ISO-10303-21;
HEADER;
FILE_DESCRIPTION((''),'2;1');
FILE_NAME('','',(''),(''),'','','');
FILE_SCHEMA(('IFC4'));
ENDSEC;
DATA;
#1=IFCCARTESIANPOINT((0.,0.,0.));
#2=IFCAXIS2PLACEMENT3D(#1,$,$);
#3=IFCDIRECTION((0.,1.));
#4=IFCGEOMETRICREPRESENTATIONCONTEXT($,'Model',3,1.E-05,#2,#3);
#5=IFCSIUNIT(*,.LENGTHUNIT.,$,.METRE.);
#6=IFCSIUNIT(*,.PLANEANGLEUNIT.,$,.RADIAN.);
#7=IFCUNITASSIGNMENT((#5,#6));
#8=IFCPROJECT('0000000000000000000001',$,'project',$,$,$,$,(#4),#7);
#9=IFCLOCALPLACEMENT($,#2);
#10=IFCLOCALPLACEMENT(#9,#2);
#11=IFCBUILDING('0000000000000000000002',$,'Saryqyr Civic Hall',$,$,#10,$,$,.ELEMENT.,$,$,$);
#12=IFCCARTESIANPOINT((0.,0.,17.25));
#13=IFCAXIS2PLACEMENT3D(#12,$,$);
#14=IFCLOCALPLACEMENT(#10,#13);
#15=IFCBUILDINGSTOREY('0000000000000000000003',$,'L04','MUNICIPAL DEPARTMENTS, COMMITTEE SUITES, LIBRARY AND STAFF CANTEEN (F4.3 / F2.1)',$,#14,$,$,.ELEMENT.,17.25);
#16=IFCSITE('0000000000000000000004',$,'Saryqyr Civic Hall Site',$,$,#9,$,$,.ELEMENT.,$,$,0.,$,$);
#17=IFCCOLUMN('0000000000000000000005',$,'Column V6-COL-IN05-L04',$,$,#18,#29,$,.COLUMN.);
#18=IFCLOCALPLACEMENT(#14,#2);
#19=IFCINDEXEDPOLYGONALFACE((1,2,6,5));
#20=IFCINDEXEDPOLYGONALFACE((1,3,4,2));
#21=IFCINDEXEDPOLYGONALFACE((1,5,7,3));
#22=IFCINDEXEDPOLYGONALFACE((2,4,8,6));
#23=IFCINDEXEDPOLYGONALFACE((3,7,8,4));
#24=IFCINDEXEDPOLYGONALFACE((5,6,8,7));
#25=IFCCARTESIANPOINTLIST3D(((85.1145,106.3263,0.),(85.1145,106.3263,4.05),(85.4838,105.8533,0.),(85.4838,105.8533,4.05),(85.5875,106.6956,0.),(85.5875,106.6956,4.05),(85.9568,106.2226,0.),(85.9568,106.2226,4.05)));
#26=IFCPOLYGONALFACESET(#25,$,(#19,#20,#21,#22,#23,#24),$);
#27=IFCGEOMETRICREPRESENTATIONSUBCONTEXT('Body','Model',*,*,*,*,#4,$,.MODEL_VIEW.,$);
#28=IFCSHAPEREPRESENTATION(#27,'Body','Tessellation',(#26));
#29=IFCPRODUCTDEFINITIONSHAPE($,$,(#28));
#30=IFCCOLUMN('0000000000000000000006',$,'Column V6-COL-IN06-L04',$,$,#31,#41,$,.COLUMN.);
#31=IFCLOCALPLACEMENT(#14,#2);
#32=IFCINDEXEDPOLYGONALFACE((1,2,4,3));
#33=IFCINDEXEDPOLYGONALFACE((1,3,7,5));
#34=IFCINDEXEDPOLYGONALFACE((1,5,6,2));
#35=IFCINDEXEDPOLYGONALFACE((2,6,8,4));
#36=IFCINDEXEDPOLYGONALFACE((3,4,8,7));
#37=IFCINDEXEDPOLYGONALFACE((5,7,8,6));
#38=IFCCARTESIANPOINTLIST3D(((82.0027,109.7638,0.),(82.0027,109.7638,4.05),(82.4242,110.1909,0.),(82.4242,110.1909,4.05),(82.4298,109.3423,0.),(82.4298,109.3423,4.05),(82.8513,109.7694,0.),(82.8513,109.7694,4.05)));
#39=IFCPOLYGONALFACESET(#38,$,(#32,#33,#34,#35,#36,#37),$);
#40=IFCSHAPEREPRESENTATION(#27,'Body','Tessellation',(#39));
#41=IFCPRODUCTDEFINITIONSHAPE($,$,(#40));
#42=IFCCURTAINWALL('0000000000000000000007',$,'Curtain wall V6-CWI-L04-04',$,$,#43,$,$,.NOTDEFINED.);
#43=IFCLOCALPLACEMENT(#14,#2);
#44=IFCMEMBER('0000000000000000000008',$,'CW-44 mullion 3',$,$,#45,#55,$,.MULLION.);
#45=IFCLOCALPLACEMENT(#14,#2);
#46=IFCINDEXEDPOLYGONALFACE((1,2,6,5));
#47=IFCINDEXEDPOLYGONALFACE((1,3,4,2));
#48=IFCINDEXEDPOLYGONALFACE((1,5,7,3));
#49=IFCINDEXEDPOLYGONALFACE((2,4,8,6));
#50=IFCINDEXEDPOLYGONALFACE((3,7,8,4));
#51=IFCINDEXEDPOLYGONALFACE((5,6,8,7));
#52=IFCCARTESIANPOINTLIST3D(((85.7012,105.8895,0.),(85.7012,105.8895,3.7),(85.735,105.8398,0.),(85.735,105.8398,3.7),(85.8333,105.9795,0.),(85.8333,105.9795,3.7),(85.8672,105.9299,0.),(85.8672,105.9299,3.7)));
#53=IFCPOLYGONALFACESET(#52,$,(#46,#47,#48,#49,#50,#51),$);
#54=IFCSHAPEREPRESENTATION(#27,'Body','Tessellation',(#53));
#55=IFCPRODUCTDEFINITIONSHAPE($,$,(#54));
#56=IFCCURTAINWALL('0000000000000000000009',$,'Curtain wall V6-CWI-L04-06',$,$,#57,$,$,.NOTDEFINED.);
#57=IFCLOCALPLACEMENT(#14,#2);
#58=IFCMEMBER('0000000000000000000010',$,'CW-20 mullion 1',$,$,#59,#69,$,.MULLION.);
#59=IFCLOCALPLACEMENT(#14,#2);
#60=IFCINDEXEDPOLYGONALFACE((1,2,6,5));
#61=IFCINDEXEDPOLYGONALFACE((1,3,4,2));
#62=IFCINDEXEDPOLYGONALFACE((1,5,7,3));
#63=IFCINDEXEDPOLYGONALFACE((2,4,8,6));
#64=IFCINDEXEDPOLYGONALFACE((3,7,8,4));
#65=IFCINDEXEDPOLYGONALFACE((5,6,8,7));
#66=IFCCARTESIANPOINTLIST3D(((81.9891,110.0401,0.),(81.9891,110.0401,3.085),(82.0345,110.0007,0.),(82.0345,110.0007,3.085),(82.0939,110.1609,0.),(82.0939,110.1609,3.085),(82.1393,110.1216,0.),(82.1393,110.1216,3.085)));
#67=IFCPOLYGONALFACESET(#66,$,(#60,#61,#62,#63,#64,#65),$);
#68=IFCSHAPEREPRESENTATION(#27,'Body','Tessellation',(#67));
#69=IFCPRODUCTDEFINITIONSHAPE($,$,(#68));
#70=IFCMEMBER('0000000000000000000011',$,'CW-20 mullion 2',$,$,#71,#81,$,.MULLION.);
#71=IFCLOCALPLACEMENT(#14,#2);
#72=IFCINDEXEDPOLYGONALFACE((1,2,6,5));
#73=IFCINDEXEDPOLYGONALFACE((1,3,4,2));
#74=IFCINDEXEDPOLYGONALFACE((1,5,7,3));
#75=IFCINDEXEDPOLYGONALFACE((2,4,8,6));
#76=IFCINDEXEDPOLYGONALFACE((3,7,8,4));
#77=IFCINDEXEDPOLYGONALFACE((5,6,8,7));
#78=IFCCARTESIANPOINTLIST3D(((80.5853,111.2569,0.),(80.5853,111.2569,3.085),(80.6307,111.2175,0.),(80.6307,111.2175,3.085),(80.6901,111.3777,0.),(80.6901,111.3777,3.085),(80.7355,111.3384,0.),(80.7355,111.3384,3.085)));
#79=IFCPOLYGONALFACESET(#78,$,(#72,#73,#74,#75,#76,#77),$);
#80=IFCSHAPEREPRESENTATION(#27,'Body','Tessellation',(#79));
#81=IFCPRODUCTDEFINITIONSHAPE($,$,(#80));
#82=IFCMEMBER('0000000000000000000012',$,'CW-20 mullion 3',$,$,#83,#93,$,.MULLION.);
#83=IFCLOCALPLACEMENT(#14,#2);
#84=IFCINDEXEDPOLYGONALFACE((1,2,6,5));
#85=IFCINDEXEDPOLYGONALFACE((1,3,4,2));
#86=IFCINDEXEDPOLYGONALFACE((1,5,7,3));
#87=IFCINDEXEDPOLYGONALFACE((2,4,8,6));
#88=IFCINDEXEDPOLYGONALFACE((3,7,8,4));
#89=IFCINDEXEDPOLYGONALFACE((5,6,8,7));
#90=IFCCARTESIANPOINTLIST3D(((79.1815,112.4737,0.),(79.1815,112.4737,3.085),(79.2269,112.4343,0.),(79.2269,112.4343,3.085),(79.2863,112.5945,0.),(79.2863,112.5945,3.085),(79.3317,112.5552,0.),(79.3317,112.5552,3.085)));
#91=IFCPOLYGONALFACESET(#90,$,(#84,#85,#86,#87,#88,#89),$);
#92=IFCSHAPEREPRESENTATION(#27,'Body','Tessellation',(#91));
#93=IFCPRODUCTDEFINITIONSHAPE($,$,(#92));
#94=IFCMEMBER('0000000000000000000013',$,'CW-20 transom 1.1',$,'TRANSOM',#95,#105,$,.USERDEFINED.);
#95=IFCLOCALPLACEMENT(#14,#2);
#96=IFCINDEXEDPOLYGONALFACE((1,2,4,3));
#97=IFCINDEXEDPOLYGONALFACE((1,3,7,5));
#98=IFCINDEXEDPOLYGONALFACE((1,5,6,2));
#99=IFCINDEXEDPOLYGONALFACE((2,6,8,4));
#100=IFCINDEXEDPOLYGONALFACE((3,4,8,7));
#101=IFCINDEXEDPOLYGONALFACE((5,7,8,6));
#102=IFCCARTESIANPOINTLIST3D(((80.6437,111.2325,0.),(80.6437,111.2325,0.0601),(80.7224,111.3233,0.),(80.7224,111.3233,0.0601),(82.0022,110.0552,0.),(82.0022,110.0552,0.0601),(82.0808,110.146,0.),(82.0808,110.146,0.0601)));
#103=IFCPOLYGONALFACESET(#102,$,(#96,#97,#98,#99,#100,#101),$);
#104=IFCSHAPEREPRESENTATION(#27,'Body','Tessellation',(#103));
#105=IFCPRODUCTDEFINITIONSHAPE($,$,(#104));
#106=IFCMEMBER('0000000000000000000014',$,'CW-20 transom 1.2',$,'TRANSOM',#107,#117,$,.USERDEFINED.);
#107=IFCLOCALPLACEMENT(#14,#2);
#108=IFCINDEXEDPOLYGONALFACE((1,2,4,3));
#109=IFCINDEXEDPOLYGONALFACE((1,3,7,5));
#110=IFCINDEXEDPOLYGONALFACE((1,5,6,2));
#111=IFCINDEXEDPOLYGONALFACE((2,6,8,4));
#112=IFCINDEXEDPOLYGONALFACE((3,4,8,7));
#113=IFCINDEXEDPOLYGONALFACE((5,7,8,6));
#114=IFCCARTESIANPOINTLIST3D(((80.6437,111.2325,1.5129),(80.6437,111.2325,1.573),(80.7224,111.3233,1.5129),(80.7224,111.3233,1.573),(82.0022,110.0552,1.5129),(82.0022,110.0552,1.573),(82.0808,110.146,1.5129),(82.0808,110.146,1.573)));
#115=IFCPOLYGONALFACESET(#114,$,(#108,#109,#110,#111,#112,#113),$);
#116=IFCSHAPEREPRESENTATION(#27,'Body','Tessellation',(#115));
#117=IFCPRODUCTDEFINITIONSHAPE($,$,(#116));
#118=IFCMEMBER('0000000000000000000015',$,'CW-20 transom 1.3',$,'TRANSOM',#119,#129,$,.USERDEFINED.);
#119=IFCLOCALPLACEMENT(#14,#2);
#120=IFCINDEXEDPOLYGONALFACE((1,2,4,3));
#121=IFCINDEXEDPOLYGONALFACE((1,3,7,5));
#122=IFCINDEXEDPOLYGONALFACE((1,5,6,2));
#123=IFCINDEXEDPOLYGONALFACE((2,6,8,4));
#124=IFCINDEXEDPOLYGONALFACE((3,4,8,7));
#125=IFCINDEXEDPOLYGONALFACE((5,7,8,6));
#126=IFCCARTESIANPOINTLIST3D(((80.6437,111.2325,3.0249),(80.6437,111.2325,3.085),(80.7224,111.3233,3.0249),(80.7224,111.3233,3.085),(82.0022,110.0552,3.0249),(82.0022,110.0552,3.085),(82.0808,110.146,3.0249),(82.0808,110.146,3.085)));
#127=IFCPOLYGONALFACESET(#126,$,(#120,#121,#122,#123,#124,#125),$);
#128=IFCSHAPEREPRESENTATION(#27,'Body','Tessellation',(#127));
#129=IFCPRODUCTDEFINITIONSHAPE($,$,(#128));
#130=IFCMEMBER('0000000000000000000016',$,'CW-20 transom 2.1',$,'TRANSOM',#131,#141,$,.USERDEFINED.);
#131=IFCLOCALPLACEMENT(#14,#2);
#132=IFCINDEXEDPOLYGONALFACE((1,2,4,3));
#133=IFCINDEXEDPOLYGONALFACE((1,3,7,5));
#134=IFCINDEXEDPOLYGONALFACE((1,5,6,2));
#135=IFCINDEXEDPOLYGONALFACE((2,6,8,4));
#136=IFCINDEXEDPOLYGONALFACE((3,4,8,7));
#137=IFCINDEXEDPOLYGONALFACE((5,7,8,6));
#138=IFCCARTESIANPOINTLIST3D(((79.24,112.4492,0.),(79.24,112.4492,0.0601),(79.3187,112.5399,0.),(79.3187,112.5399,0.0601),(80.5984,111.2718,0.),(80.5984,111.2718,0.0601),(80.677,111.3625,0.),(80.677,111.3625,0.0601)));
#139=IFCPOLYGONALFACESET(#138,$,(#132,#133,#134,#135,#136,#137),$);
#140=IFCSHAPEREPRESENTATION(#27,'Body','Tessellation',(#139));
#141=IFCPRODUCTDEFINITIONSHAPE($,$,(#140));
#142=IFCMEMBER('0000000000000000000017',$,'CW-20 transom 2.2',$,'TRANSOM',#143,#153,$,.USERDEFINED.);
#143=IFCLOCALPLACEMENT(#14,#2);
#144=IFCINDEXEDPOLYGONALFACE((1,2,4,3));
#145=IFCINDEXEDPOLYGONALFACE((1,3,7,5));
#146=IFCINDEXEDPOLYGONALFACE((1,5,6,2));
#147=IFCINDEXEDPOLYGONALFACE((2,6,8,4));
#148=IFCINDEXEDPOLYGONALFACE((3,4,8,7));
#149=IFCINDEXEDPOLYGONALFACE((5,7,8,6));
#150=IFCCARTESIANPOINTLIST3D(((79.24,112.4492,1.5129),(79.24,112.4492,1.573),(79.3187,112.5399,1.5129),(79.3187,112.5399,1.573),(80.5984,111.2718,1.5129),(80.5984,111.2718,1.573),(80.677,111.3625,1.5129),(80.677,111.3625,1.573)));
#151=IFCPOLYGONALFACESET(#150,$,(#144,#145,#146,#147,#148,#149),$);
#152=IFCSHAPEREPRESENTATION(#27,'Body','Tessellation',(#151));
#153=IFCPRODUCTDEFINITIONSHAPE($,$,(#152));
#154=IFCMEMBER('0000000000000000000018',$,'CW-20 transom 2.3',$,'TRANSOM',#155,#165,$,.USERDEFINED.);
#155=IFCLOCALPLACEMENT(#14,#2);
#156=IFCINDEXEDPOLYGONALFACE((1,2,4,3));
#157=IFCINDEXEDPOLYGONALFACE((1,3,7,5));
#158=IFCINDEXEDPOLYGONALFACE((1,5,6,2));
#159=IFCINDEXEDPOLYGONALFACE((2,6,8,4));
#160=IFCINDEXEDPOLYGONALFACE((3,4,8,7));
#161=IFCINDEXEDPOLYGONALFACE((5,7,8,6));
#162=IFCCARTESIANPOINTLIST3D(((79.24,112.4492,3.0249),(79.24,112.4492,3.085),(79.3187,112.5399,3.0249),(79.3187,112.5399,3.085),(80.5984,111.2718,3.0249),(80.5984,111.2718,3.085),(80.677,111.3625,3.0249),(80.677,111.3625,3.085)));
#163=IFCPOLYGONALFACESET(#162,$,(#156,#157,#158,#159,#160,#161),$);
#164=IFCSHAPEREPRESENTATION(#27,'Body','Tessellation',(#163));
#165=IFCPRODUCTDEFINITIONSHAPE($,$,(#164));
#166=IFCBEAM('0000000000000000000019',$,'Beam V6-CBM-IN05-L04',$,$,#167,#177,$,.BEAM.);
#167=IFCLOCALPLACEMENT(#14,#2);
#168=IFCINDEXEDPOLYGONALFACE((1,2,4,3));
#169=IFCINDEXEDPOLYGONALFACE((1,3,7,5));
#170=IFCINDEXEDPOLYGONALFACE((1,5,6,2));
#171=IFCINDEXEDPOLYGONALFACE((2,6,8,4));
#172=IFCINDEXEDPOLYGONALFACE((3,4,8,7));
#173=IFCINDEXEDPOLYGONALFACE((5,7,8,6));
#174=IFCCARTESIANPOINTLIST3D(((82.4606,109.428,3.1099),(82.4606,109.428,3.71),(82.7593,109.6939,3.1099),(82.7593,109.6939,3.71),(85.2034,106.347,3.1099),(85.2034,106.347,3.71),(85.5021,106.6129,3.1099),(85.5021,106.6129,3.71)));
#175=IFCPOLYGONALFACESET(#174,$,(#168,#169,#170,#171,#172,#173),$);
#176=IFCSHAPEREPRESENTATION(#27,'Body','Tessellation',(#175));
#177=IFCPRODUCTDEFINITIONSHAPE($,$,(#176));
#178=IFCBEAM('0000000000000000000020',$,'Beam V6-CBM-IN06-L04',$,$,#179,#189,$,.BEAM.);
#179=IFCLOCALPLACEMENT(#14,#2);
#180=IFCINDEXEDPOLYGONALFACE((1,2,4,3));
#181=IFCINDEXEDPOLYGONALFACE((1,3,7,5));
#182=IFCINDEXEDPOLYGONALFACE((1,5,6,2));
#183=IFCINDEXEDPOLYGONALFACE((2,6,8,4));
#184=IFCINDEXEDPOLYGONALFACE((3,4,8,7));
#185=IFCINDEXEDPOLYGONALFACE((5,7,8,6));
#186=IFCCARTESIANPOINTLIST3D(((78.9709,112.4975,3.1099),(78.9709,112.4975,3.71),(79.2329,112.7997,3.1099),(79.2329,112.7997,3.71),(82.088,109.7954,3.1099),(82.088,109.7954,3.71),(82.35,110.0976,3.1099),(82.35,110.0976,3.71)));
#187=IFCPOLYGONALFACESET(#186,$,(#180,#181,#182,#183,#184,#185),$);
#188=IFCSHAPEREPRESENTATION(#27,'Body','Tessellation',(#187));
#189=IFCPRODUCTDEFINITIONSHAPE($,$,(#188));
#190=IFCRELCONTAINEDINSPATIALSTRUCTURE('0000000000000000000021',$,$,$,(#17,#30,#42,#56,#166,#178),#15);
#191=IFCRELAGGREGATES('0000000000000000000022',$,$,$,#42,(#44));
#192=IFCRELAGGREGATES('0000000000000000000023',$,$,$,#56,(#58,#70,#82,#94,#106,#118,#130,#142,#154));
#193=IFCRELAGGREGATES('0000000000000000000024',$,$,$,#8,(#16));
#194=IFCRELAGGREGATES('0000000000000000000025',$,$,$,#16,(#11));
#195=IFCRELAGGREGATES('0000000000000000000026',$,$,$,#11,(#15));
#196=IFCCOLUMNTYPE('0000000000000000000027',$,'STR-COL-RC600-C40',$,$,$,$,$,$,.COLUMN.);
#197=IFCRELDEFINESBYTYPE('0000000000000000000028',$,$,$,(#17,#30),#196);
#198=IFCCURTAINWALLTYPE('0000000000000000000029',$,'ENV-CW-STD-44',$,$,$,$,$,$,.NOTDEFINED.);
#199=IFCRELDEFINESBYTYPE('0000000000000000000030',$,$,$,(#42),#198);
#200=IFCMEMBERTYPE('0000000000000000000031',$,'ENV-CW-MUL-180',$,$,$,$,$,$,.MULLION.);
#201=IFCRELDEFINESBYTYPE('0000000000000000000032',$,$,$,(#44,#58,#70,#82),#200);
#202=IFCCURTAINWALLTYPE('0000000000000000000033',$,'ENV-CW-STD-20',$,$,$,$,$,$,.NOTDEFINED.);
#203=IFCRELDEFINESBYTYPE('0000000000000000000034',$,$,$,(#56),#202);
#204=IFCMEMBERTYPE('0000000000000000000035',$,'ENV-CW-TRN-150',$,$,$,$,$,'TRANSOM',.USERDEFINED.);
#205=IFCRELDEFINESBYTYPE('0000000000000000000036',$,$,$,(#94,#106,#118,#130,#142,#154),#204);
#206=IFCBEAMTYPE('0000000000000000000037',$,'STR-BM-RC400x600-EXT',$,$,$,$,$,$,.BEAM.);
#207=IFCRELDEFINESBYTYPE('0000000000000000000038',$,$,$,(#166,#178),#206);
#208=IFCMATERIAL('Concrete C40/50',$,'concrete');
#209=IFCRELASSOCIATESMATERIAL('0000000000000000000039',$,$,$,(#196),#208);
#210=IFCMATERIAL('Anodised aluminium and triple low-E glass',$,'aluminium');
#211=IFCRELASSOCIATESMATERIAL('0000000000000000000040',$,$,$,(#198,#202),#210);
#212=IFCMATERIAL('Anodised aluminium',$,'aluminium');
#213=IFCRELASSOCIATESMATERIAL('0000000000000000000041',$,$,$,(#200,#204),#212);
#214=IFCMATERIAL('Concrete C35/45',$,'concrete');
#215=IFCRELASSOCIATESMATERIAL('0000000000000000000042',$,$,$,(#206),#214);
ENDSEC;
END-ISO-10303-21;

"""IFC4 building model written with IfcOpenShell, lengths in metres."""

from ifc_helpers import new_model, si_unit, direction, frame, origin, origin_2d, place, context, subcontext, project, spatial, rectangle, extrude, material, material_profile, profile_set, type_object, element, aggregate, save


model = new_model("IFC4")

# Units and contexts
model_context = context("Model", 3, precision=1e-05, world=origin(), true_north=direction((0.0, 1.0)))
body_context = subcontext(model_context, "Body", "Model", "MODEL_VIEW")
ifc_project = project(units=[si_unit("LENGTHUNIT", "METRE"), si_unit("PLANEANGLEUNIT", "RADIAN")], contexts=[model_context])

# Site, building, storey
site_placement = place(None, origin())
site = spatial("IfcSite", under=ifc_project, at=site_placement, Name="Saryqyr Civic Hall Site", CompositionType="ELEMENT", RefElevation=0.0)
building_placement = place(site_placement, origin())
building = spatial("IfcBuilding", under=site, at=building_placement, Name="Saryqyr Civic Hall", CompositionType="ELEMENT")
storey_placement = place(building_placement, frame((0.0, 0.0, 17.25)))
storey = spatial("IfcBuildingStorey", under=building, at=storey_placement, Name="L04", Description="MUNICIPAL DEPARTMENTS, COMMITTEE SUITES, LIBRARY AND STAFF CANTEEN (F4.3 / F2.1)", CompositionType="ELEMENT", Elevation=17.25)

# Columns
ifc_material_1 = material(Name="Concrete C40/50", Category="concrete")
ifc_material_profile_1 = material_profile(ifc_material_1, rectangle(XDim=0.6001, YDim=0.6001, at=origin_2d()), Name="RC 600x600")
ifc_profile_set_1 = profile_set([ifc_material_profile_1], Name="Concrete C40/50")
column_type = type_object("IfcColumnType", Name="STR-COL-RC600-C40", PredefinedType="COLUMN", material=ifc_profile_set_1)
for number, where, z_axis, x_axis, name in (
    (1, (85.5356, 106.2744, 0.0), (0.0, 0.0, 1.0), (0.788226, 0.615386, 0.0), "Column V6-COL-IN05-L04"),
    (2, (82.427, 109.7666, 0.0), (0.0, 0.0, 1.0), (0.702402, 0.711781, 0.0), "Column V6-COL-IN06-L04"),
):
    element("IfcColumn", number, at=place(storey_placement, frame(where, z_axis=z_axis, x_axis=x_axis)), inside=storey, type_object=column_type, Name=name, PredefinedType="COLUMN", context=body_context, shape_type="SweptSolid", body=[
        extrude(rectangle(XDim=0.6001, YDim=0.6001, at=origin_2d()), origin(), (0.0, 0.0, 1.0), 4.05),
    ])

# Curtain wall, member
ifc_material_2 = material(Name="Anodised aluminium and triple low-E glass", Category="aluminium")
curtain_wall_type_1 = type_object("IfcCurtainWallType", Name="ENV-CW-STD-44", PredefinedType="NOTDEFINED", material=ifc_material_2)
curtain_wall_1_placement = place(storey_placement, origin())
curtain_wall_1 = element("IfcCurtainWall", 3, at=curtain_wall_1_placement, inside=storey, type_object=curtain_wall_type_1, Name="Curtain wall V6-CWI-L04-04", PredefinedType="NOTDEFINED")
ifc_material_3 = material(Name="Anodised aluminium", Category="aluminium")
ifc_material_profile_2 = material_profile(ifc_material_3, rectangle(XDim=0.0601, YDim=0.1599, at=origin_2d()), Name="ALU MULLION 60x160")
ifc_profile_set_2 = profile_set([ifc_material_profile_2], Name="Anodised aluminium")
member_type_1 = type_object("IfcMemberType", Name="ENV-CW-MUL-180", PredefinedType="MULLION", material=ifc_profile_set_2)
member_1_placement = place(storey_placement, frame((85.7842, 105.9097, 0.0), z_axis=(0.0, 0.0, 1.0), x_axis=(-0.56313, 0.826368, 0.0)))
member_1 = element("IfcMember", 4, at=member_1_placement, type_object=member_type_1, Name="CW-44 mullion 3", PredefinedType="MULLION", context=body_context, shape_type="SweptSolid", body=[
    extrude(rectangle(XDim=0.0601, YDim=0.1599, at=origin_2d()), origin(), (0.0, 0.0, 1.0), 3.7),
])

# Curtain wall, members
curtain_wall_type_2 = type_object("IfcCurtainWallType", Name="ENV-CW-STD-20", PredefinedType="NOTDEFINED", material=ifc_material_2)
curtain_wall_2_placement = place(storey_placement, origin())
curtain_wall_2 = element("IfcCurtainWall", 5, at=curtain_wall_2_placement, inside=storey, type_object=curtain_wall_type_2, Name="Curtain wall V6-CWI-L04-06", PredefinedType="NOTDEFINED")
member_2_placement = place(storey_placement, frame((82.0642, 110.0808, 0.0), z_axis=(0.0, 0.0, 1.0), x_axis=(-0.755652, 0.654974, 0.0)))
member_2 = element("IfcMember", 6, at=member_2_placement, type_object=member_type_1, Name="CW-20 mullion 1", PredefinedType="MULLION", context=body_context, shape_type="SweptSolid", body=[
    extrude(rectangle(XDim=0.0601, YDim=0.1599, at=origin_2d()), origin(), (0.0, 0.0, 1.0), 3.085),
])
member_3_placement = place(storey_placement, frame((80.6604, 111.2976, 0.0), z_axis=(0.0, 0.0, 1.0), x_axis=(-0.755652, 0.654974, 0.0)))
member_3 = element("IfcMember", 7, at=member_3_placement, type_object=member_type_1, Name="CW-20 mullion 2", PredefinedType="MULLION", context=body_context, shape_type="SweptSolid", body=[
    extrude(rectangle(XDim=0.0601, YDim=0.1599, at=origin_2d()), origin(), (0.0, 0.0, 1.0), 3.085),
])
member_4_placement = place(storey_placement, frame((79.2566, 112.5144, 0.0), z_axis=(0.0, 0.0, 1.0), x_axis=(-0.755652, 0.654974, 0.0)))
member_4 = element("IfcMember", 8, at=member_4_placement, type_object=member_type_1, Name="CW-20 mullion 3", PredefinedType="MULLION", context=body_context, shape_type="SweptSolid", body=[
    extrude(rectangle(XDim=0.0601, YDim=0.1599, at=origin_2d()), origin(), (0.0, 0.0, 1.0), 3.085),
])
ifc_material_profile_3 = material_profile(ifc_material_3, rectangle(XDim=0.1201, YDim=0.0601, at=origin_2d()), Name="ALU TRANSOM 120x60")
ifc_profile_set_3 = profile_set([ifc_material_profile_3], Name="Anodised aluminium")
member_type_2 = type_object("IfcMemberType", Name="ENV-CW-TRN-150", ElementType="TRANSOM", PredefinedType="USERDEFINED", material=ifc_profile_set_3)
member_5_placement = place(storey_placement, frame((82.0415, 110.1006, 0.03), z_axis=(-0.755698, 0.65492, 0.0), x_axis=(-0.65492, -0.755698, 0.0)))
member_5 = element("IfcMember", 9, at=member_5_placement, type_object=member_type_2, Name="CW-20 transom 1.1", ObjectType="TRANSOM", PredefinedType="USERDEFINED", context=body_context, shape_type="SweptSolid", body=[
    extrude(rectangle(XDim=0.1201, YDim=0.0601, at=origin_2d()), origin(), (0.0, 0.0, 1.0), 1.7976),
])
member_6_placement = place(storey_placement, frame((82.0415, 110.1006, 1.543), z_axis=(-0.755698, 0.65492, 0.0), x_axis=(-0.65492, -0.755698, 0.0)))
member_6 = element("IfcMember", 10, at=member_6_placement, type_object=member_type_2, Name="CW-20 transom 1.2", ObjectType="TRANSOM", PredefinedType="USERDEFINED", context=body_context, shape_type="SweptSolid", body=[
    extrude(rectangle(XDim=0.1201, YDim=0.0601, at=origin_2d()), origin(), (0.0, 0.0, 1.0), 1.7976),
])
member_7_placement = place(storey_placement, frame((82.0415, 110.1006, 3.0549), z_axis=(-0.755698, 0.65492, 0.0), x_axis=(-0.65492, -0.755698, 0.0)))
member_7 = element("IfcMember", 11, at=member_7_placement, type_object=member_type_2, Name="CW-20 transom 1.3", ObjectType="TRANSOM", PredefinedType="USERDEFINED", context=body_context, shape_type="SweptSolid", body=[
    extrude(rectangle(XDim=0.1201, YDim=0.0601, at=origin_2d()), origin(), (0.0, 0.0, 1.0), 1.7976),
])
member_8_placement = place(storey_placement, frame((80.6377, 111.3171, 0.03), z_axis=(-0.755631, 0.654998, 0.0), x_axis=(-0.654998, -0.755631, 0.0)))
member_8 = element("IfcMember", 12, at=member_8_placement, type_object=member_type_2, Name="CW-20 transom 2.1", ObjectType="TRANSOM", PredefinedType="USERDEFINED", context=body_context, shape_type="SweptSolid", body=[
    extrude(rectangle(XDim=0.1201, YDim=0.0601, at=origin_2d()), origin(), (0.0, 0.0, 1.0), 1.7976),
])
member_9_placement = place(storey_placement, frame((80.6377, 111.3171, 1.543), z_axis=(-0.755631, 0.654998, 0.0), x_axis=(-0.654998, -0.755631, 0.0)))
member_9 = element("IfcMember", 13, at=member_9_placement, type_object=member_type_2, Name="CW-20 transom 2.2", ObjectType="TRANSOM", PredefinedType="USERDEFINED", context=body_context, shape_type="SweptSolid", body=[
    extrude(rectangle(XDim=0.1201, YDim=0.0601, at=origin_2d()), origin(), (0.0, 0.0, 1.0), 1.7976),
])
member_10_placement = place(storey_placement, frame((80.6377, 111.3171, 3.0549), z_axis=(-0.755631, 0.654998, 0.0), x_axis=(-0.654998, -0.755631, 0.0)))
member_10 = element("IfcMember", 14, at=member_10_placement, type_object=member_type_2, Name="CW-20 transom 2.3", ObjectType="TRANSOM", PredefinedType="USERDEFINED", context=body_context, shape_type="SweptSolid", body=[
    extrude(rectangle(XDim=0.1201, YDim=0.0601, at=origin_2d()), origin(), (0.0, 0.0, 1.0), 1.7976),
])

# Beams
ifc_material_4 = material(Name="Concrete C35/45", Category="concrete")
ifc_material_profile_4 = material_profile(ifc_material_4, rectangle(XDim=0.3999, YDim=0.6001, at=origin_2d()), Name="RC 400x600")
ifc_profile_set_4 = profile_set([ifc_material_profile_4], Name="Concrete C35/45")
beam_type_1 = type_object("IfcBeamType", Name="STR-BM-RC400x600-EXT", PredefinedType="BEAM", material=ifc_profile_set_4)
beam_1_placement = place(storey_placement, frame((85.3528, 106.48, 3.4099), z_axis=(-0.664933, 0.746903, 0.0), x_axis=(-0.746903, -0.664933, 0.0)))
element("IfcBeam", 15, at=beam_1_placement, inside=storey, type_object=beam_type_1, Name="Beam V6-CBM-IN05-L04", PredefinedType="BEAM", context=body_context, shape_type="SweptSolid", body=[
    extrude(rectangle(XDim=0.3999, YDim=0.6001, at=origin_2d()), origin(), (0.0, 0.0, 1.0), 4.125),
])
beam_2_placement = place(storey_placement, frame((82.219, 109.9465, 3.4099), z_axis=(-0.755619, 0.655012, 0.0), x_axis=(-0.655012, -0.755619, 0.0)))
element("IfcBeam", 16, at=beam_2_placement, inside=storey, type_object=beam_type_1, Name="Beam V6-CBM-IN06-L04", PredefinedType="BEAM", context=body_context, shape_type="SweptSolid", body=[
    extrude(rectangle(XDim=0.3999, YDim=0.6001, at=origin_2d()), origin(), (0.0, 0.0, 1.0), 4.1252),
])

aggregate(curtain_wall_1, [member_1])
aggregate(curtain_wall_2, [member_2, member_3, member_4, member_5, member_6, member_7, member_8, member_9, member_10])

save(model, "model.ifc")
